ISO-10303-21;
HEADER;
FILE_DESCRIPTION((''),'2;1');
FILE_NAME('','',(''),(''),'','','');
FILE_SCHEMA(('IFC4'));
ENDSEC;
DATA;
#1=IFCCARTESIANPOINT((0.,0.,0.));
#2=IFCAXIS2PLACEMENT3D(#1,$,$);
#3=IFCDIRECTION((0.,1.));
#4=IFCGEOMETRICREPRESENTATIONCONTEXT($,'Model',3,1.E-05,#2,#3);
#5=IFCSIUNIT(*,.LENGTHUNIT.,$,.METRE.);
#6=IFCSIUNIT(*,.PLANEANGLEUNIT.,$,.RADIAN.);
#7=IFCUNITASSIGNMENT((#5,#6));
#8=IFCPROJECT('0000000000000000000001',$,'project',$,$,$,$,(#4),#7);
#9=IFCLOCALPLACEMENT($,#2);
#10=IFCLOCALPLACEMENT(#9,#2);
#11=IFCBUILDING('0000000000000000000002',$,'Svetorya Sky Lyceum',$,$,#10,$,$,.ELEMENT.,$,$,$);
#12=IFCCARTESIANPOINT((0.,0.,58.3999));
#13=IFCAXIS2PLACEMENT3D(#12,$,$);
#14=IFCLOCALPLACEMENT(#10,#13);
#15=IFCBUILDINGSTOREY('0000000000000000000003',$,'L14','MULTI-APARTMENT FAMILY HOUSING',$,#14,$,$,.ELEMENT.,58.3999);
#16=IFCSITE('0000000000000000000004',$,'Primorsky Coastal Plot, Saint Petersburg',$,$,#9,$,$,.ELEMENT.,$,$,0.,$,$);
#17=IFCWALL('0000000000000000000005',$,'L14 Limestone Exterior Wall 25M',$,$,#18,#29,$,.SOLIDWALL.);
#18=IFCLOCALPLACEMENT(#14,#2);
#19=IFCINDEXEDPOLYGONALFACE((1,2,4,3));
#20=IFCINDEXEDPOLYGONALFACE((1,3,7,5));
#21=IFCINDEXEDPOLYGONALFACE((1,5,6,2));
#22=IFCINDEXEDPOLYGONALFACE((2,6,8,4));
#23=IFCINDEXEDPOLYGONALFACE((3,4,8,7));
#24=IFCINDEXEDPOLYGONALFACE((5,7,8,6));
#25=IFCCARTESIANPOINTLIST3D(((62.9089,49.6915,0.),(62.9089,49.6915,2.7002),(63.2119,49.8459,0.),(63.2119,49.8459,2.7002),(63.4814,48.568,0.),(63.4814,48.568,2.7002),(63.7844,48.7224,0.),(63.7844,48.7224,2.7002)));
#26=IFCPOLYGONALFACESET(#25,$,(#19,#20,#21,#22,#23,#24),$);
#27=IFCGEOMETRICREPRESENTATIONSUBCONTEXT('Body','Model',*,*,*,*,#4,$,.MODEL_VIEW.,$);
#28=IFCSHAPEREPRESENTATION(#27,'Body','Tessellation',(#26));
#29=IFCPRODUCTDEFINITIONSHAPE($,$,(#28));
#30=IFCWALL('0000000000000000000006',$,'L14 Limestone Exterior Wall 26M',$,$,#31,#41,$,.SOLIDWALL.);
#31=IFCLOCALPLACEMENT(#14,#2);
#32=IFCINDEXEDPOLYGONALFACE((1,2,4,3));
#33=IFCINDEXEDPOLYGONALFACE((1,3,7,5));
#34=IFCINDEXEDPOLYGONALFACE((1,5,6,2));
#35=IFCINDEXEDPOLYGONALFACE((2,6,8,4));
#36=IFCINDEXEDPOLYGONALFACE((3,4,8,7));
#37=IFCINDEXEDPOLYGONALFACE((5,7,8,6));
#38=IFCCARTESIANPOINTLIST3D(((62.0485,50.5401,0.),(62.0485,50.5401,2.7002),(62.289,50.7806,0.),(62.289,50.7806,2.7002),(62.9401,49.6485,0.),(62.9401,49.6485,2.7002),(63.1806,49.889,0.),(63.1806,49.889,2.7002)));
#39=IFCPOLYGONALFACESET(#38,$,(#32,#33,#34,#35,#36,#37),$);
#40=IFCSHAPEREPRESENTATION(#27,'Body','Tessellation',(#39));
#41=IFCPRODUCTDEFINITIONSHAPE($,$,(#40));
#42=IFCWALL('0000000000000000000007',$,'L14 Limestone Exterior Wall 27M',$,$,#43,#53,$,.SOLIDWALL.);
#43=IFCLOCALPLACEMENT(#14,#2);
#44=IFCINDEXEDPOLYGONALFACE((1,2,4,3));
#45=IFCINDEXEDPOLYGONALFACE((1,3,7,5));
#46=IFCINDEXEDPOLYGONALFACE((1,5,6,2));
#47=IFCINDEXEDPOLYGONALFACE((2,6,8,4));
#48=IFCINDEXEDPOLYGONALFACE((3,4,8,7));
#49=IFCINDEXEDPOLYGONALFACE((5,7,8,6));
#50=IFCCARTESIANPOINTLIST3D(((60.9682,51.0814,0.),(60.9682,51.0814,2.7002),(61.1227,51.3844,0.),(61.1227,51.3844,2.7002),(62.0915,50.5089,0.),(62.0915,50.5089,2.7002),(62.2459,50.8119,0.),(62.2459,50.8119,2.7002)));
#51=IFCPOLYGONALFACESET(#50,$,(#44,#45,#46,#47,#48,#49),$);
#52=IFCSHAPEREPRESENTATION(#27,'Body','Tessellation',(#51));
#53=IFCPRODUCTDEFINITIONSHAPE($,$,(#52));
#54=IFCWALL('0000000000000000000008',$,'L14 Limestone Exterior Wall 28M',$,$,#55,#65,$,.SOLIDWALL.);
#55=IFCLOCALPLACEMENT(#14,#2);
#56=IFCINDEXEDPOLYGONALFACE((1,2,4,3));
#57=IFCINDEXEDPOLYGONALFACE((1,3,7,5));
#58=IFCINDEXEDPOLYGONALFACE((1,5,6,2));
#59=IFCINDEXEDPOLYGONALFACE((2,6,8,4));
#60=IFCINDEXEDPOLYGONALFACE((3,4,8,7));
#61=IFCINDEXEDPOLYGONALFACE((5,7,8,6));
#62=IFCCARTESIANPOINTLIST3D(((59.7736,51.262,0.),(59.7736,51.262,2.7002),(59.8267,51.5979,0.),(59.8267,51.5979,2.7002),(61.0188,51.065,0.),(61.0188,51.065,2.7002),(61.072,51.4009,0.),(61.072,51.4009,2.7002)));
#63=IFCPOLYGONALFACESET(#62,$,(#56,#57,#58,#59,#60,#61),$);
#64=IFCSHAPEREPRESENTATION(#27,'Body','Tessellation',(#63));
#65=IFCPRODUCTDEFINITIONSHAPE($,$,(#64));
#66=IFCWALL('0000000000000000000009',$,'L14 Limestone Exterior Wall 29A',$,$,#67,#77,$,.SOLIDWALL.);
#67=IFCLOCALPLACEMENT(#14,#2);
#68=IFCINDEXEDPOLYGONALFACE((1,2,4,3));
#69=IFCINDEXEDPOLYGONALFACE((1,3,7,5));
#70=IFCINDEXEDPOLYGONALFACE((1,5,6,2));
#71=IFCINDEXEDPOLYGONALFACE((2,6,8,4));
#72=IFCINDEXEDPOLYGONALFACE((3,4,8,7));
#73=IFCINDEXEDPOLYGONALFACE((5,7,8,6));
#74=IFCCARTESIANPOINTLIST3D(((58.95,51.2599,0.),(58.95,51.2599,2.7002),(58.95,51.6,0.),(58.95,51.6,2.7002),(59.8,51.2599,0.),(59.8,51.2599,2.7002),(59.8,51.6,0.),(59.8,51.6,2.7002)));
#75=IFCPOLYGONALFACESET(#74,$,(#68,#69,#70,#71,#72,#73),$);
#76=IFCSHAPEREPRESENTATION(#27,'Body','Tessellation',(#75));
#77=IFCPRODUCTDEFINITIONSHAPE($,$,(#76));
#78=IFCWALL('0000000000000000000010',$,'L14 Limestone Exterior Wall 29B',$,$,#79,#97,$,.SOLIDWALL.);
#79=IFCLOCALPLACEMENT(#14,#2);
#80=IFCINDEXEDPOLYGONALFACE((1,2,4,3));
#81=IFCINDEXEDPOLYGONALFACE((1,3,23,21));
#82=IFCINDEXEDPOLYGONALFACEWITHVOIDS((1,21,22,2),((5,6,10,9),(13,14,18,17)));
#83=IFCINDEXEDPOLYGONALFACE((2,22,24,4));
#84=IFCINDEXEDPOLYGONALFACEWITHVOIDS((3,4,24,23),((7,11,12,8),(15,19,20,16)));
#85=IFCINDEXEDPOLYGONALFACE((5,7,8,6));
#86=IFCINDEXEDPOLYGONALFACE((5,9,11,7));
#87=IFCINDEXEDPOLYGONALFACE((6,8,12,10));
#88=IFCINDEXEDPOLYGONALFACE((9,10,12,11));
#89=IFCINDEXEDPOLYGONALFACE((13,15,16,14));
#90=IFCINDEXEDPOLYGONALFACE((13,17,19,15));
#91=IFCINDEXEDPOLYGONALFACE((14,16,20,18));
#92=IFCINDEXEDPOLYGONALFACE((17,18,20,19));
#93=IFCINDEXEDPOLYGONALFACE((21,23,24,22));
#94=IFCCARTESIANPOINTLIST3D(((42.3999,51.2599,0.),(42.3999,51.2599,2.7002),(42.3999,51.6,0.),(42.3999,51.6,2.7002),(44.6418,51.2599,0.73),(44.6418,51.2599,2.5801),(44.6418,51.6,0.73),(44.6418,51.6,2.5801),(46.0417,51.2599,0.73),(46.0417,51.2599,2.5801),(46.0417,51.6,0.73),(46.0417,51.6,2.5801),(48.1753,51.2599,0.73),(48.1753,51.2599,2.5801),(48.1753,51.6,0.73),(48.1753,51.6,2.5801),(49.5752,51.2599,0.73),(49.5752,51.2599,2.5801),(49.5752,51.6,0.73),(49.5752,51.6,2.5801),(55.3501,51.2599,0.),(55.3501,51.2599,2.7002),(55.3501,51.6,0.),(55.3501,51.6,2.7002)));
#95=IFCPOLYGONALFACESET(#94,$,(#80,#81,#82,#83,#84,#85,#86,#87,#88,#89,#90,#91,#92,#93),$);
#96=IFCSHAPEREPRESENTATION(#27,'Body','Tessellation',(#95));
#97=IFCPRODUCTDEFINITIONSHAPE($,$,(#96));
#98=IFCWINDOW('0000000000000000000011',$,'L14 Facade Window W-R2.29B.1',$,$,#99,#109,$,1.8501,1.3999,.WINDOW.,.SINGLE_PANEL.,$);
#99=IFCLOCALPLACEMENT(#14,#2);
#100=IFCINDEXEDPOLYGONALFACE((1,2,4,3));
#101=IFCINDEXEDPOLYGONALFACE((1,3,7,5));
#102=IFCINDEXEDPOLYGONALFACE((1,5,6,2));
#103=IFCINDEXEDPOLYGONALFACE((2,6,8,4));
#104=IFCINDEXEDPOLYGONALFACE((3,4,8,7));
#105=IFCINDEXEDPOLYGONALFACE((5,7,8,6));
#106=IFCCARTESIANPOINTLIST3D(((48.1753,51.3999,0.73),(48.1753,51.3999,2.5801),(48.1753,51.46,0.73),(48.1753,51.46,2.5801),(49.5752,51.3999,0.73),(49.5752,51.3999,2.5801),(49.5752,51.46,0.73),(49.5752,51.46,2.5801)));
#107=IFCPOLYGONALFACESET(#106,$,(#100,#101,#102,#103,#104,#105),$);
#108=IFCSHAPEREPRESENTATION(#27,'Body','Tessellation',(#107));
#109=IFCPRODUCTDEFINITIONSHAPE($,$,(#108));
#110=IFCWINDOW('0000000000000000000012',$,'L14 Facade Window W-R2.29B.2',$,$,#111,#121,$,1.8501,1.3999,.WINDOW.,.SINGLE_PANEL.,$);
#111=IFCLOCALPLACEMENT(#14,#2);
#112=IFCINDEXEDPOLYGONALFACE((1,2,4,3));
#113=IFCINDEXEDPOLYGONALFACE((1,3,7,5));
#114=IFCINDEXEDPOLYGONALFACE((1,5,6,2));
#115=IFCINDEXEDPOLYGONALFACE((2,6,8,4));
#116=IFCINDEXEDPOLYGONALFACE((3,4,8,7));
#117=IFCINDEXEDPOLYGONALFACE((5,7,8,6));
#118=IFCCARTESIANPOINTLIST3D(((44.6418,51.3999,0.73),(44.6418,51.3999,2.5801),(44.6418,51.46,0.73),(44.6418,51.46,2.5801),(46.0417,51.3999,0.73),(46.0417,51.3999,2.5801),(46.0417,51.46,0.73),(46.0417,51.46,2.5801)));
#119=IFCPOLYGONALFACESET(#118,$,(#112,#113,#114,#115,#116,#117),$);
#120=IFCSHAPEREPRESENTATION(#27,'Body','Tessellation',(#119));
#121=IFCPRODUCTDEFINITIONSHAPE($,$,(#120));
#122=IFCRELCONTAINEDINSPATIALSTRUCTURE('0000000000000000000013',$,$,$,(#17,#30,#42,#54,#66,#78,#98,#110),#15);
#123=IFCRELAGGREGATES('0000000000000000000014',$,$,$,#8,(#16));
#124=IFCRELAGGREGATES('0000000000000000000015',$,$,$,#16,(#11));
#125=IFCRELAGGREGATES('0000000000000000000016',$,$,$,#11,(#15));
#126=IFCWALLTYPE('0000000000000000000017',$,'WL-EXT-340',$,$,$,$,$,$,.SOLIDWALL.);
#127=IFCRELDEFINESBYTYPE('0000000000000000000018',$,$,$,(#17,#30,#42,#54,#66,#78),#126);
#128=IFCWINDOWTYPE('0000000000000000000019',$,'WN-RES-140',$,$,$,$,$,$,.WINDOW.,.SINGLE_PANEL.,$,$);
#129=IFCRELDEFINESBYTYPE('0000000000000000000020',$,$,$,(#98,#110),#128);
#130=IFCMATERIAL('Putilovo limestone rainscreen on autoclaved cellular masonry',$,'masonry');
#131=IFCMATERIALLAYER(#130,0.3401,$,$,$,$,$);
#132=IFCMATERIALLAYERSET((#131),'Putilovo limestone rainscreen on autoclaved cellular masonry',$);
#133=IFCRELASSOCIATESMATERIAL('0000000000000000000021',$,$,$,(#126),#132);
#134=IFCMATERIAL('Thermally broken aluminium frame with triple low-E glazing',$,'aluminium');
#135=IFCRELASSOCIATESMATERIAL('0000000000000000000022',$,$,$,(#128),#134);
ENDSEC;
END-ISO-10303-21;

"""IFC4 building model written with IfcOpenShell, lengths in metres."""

from ifc_helpers import new_model, si_unit, direction, frame, frame_2d, origin, place, context, subcontext, project, spatial, rectangle, extrude, material, layer, layer_set, type_object, element, fill, save


model = new_model("IFC4")

# Units and contexts
model_context = context("Model", 3, precision=1e-05, world=origin(), true_north=direction((0.0, 1.0)))
body_context = subcontext(model_context, "Body", "Model", "MODEL_VIEW")
ifc_project = project(units=[si_unit("LENGTHUNIT", "METRE"), si_unit("PLANEANGLEUNIT", "RADIAN")], contexts=[model_context])

# Site, building, storey
site_placement = place(None, origin())
site = spatial("IfcSite", under=ifc_project, at=site_placement, Name="Primorsky Coastal Plot, Saint Petersburg", CompositionType="ELEMENT", RefElevation=0.0)
building_placement = place(site_placement, origin())
building = spatial("IfcBuilding", under=site, at=building_placement, Name="Svetorya Sky Lyceum", CompositionType="ELEMENT")
storey_placement = place(building_placement, frame((0.0, 0.0, 58.3999)))
storey = spatial("IfcBuildingStorey", under=building, at=storey_placement, Name="L14", Description="MULTI-APARTMENT FAMILY HOUSING", CompositionType="ELEMENT", Elevation=58.3999)

# Walls
ifc_material_1 = material(Name="Putilovo limestone rainscreen on autoclaved cellular masonry", Category="masonry")
ifc_layer_1 = layer(ifc_material_1, 0.3401)
ifc_layer_set_1 = layer_set([ifc_layer_1], Name="Putilovo limestone rainscreen on autoclaved cellular masonry")
wall_type = type_object("IfcWallType", Name="WL-EXT-340", PredefinedType="SOLIDWALL", material=ifc_layer_set_1)
for number, where, z_axis, x_axis, name in (
    (1, (63.6328, 48.6453, 0.0), (0.0, 0.0, 1.0), (-0.454016, 0.890994, 0.0), "L14 Limestone Exterior Wall 25M"),
    (2, (63.0603, 49.7688, 0.0), (0.0, 0.0, 1.0), (-0.707107, 0.707107, 0.0), "L14 Limestone Exterior Wall 26M"),
):
    element("IfcWall", number, at=place(storey_placement, frame(where, z_axis=z_axis, x_axis=x_axis)), inside=storey, type_object=wall_type, Name=name, PredefinedType="SOLIDWALL", context=body_context, shape_type="SweptSolid", body=[
        extrude(rectangle(XDim=1.261, YDim=0.3401, at=frame_2d((0.6304, 0.0))), origin(), (0.0, 0.0, 1.0), 2.7002),
    ])
for number, where, z_axis, x_axis, name in (
    (3, (62.1687, 50.6604, 0.0), (0.0, 0.0, 1.0), (-0.890954, 0.454094, 0.0), "L14 Limestone Exterior Wall 27M"),
    (4, (61.0454, 51.2329, 0.0), (0.0, 0.0, 1.0), (-0.987716, 0.156261, 0.0), "L14 Limestone Exterior Wall 28M"),
):
    element("IfcWall", number, at=place(storey_placement, frame(where, z_axis=z_axis, x_axis=x_axis)), inside=storey, type_object=wall_type, Name=name, PredefinedType="SOLIDWALL", context=body_context, shape_type="SweptSolid", body=[
        extrude(rectangle(XDim=1.2607, YDim=0.3401, at=frame_2d((0.6304, 0.0))), origin(), (0.0, 0.0, 1.0), 2.7002),
    ])
wall_1_placement = place(storey_placement, frame((59.8, 51.4299, 0.0), z_axis=(0.0, 0.0, 1.0), x_axis=(-1.0, 0.0, 0.0)))
element("IfcWall", 5, at=wall_1_placement, inside=storey, type_object=wall_type, Name="L14 Limestone Exterior Wall 29A", PredefinedType="SOLIDWALL", context=body_context, shape_type="SweptSolid", body=[
    extrude(rectangle(XDim=0.8501, YDim=0.3401, at=frame_2d((0.425, 0.0))), origin(), (0.0, 0.0, 1.0), 2.7002),
])

# Wall, openings, windows
wall_2_placement = place(storey_placement, frame((55.3501, 51.4299, 0.0), z_axis=(0.0, 0.0, 1.0), x_axis=(-1.0, 0.0, 0.0)))
wall_2 = element("IfcWall", 6, at=wall_2_placement, inside=storey, type_object=wall_type, Name="L14 Limestone Exterior Wall 29B", PredefinedType="SOLIDWALL", context=body_context, shape_type="SweptSolid", body=[
    extrude(rectangle(XDim=12.9502, YDim=0.3401, at=frame_2d((6.4751, 0.0))), origin(), (0.0, 0.0, 1.0), 2.7002),
])
opening_1_placement = place(wall_2_placement, frame((5.7749, 0.0, 0.73)))
opening_1 = element("IfcOpeningElement", 7, at=opening_1_placement, cuts=wall_2, PredefinedType="OPENING", context=body_context, shape_type="SweptSolid", body=[
    extrude(rectangle(XDim=1.3999, YDim=1.8501, at=frame_2d((0.7, 0.925))), frame((0.0, 0.1799, 0.0), z_axis=(0.0, -1.0, 0.0), x_axis=(1.0, 0.0, 0.0)), (0.0, 0.0, 1.0), 0.3601),
])
opening_2_placement = place(wall_2_placement, frame((9.3083, 0.0, 0.73)))
opening_2 = element("IfcOpeningElement", 8, at=opening_2_placement, cuts=wall_2, PredefinedType="OPENING", context=body_context, shape_type="SweptSolid", body=[
    extrude(rectangle(XDim=1.3999, YDim=1.8501, at=frame_2d((0.7, 0.925))), frame((0.0, 0.1799, 0.0), z_axis=(0.0, -1.0, 0.0), x_axis=(1.0, 0.0, 0.0)), (0.0, 0.0, 1.0), 0.3601),
])
ifc_material_2 = material(Name="Thermally broken aluminium frame with triple low-E glazing", Category="aluminium")
window_type = type_object("IfcWindowType", Name="WN-RES-140", PartitioningType="SINGLE_PANEL", PredefinedType="WINDOW", material=ifc_material_2)
window_1_placement = place(opening_1_placement, origin())
window_1 = element("IfcWindow", 9, at=window_1_placement, inside=storey, type_object=window_type, Name="L14 Facade Window W-R2.29B.1", OverallHeight=1.8501, OverallWidth=1.3999, PartitioningType="SINGLE_PANEL", PredefinedType="WINDOW", context=body_context, shape_type="SweptSolid", body=[
    extrude(rectangle(XDim=1.3999, YDim=1.8501, at=frame_2d((0.7, 0.925))), frame((0.0, 0.03, 0.0), z_axis=(0.0, -1.0, 0.0), x_axis=(1.0, 0.0, 0.0)), (0.0, 0.0, 1.0), 0.0601),
])
fill(opening_1, window_1)
window_2_placement = place(opening_2_placement, origin())
window_2 = element("IfcWindow", 10, at=window_2_placement, inside=storey, type_object=window_type, Name="L14 Facade Window W-R2.29B.2", OverallHeight=1.8501, OverallWidth=1.3999, PartitioningType="SINGLE_PANEL", PredefinedType="WINDOW", context=body_context, shape_type="SweptSolid", body=[
    extrude(rectangle(XDim=1.3999, YDim=1.8501, at=frame_2d((0.7, 0.925))), frame((0.0, 0.03, 0.0), z_axis=(0.0, -1.0, 0.0), x_axis=(1.0, 0.0, 0.0)), (0.0, 0.0, 1.0), 0.0601),
])
fill(opening_2, window_2)

save(model, "model.ifc")
